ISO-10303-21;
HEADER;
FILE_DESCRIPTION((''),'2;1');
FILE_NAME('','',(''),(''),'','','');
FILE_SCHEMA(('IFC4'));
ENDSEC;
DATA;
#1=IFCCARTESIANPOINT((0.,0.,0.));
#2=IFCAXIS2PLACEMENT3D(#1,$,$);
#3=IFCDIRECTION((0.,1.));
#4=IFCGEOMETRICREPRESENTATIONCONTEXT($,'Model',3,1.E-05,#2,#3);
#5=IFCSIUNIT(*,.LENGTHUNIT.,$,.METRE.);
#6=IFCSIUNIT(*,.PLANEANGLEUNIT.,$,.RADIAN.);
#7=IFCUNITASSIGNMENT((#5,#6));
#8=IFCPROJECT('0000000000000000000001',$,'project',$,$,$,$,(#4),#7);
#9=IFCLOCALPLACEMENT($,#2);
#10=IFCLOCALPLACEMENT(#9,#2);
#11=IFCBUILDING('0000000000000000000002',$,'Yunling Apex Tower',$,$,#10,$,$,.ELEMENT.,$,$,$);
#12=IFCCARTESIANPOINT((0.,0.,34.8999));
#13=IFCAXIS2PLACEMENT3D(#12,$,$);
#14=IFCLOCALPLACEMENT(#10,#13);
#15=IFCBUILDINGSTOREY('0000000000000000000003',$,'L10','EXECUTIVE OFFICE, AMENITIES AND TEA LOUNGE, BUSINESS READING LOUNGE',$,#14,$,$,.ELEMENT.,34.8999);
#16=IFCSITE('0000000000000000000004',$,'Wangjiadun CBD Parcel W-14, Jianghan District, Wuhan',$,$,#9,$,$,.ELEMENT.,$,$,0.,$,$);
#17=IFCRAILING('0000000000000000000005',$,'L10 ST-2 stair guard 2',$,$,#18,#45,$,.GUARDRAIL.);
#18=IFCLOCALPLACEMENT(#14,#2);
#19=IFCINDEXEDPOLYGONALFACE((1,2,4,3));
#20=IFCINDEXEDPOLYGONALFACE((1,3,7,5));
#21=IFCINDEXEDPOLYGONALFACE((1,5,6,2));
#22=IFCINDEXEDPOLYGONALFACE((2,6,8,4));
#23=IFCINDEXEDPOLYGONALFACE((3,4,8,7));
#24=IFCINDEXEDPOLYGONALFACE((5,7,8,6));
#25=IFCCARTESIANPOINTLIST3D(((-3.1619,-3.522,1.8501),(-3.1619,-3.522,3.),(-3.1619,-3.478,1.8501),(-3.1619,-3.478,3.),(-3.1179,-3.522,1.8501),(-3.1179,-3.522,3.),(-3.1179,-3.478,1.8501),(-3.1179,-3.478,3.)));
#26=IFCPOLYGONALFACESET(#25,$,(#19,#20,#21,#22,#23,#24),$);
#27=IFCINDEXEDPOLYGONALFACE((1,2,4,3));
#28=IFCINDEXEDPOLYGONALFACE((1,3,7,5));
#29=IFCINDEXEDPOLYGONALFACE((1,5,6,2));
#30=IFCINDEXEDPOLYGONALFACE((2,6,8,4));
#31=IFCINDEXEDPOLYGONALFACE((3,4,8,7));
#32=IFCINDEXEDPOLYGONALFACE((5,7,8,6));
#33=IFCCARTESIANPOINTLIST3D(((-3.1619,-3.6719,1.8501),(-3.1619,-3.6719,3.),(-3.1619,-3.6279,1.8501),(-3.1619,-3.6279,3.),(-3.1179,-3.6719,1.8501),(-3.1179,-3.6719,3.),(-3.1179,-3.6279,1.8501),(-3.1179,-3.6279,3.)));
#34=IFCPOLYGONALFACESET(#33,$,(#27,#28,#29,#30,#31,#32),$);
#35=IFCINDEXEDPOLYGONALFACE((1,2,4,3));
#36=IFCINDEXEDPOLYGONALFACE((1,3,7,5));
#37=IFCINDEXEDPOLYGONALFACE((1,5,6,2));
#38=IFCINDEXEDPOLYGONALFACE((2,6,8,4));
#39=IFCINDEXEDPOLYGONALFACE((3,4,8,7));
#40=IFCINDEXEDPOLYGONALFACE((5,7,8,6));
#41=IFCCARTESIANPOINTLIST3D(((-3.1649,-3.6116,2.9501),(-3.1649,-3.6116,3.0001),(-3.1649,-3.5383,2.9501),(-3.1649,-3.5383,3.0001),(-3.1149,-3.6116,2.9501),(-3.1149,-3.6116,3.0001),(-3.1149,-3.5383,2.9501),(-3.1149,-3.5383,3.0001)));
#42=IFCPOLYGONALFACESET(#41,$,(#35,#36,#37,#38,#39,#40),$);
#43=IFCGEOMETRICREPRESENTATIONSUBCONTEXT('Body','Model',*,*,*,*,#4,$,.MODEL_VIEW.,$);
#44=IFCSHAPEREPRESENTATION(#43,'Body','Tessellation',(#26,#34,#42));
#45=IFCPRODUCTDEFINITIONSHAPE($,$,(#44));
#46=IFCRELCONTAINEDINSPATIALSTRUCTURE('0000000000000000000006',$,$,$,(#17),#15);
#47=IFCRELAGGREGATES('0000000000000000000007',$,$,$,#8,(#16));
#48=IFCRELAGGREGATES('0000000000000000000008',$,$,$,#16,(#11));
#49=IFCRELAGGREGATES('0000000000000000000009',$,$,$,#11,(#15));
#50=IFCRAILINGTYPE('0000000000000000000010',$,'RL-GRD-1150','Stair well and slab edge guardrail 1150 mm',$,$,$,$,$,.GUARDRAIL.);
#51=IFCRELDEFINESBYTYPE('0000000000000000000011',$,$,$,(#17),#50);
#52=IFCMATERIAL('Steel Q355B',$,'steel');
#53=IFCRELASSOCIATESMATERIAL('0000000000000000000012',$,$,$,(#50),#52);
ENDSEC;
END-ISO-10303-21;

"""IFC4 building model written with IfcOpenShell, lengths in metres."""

from ifc_helpers import new_model, si_unit, direction, frame, origin, origin_2d, place, context, subcontext, project, spatial, rectangle, extrude, material, type_object, element, save


model = new_model("IFC4")

# Units and contexts
model_context = context("Model", 3, precision=1e-05, world=origin(), true_north=direction((0.0, 1.0)))
body_context = subcontext(model_context, "Body", "Model", "MODEL_VIEW")
ifc_project = project(units=[si_unit("LENGTHUNIT", "METRE"), si_unit("PLANEANGLEUNIT", "RADIAN")], contexts=[model_context])

# Site, building, storey
site_placement = place(None, origin())
site = spatial("IfcSite", under=ifc_project, at=site_placement, Name="Wangjiadun CBD Parcel W-14, Jianghan District, Wuhan", CompositionType="ELEMENT", RefElevation=0.0)
building_placement = place(site_placement, origin())
building = spatial("IfcBuilding", under=site, at=building_placement, Name="Yunling Apex Tower", CompositionType="ELEMENT")
storey_placement = place(building_placement, frame((0.0, 0.0, 34.8999)))
storey = spatial("IfcBuildingStorey", under=building, at=storey_placement, Name="L10", Description="EXECUTIVE OFFICE, AMENITIES AND TEA LOUNGE, BUSINESS READING LOUNGE", CompositionType="ELEMENT", Elevation=34.8999)

# Shared definitions
ifc_material_1 = material(Name="Steel Q355B", Category="steel")

# Railing
railing_type = type_object("IfcRailingType", Name="RL-GRD-1150", Description="Stair well and slab edge guardrail 1150 mm", PredefinedType="GUARDRAIL", material=ifc_material_1)
railing_placement = place(storey_placement, frame((-3.1399, -3.5, 1.8501)))
element("IfcRailing", 1, at=railing_placement, inside=storey, type_object=railing_type, Name="L10 ST-2 stair guard 2", PredefinedType="GUARDRAIL", context=body_context, shape_type="SweptSolid", body=[
    extrude(rectangle(XDim=0.0439, YDim=0.0439, at=origin_2d()), origin(), (0.0, 0.0, 1.0), 1.1499),
    extrude(rectangle(XDim=0.0439, YDim=0.0439, at=origin_2d()), frame((0.0, -0.1499, 0.0)), (0.0, 0.0, 1.0), 1.1499),
    extrude(rectangle(XDim=0.05, YDim=0.05, at=origin_2d()), frame((0.0, -0.0383, 1.125), z_axis=(0.0, -1.0, 0.0), x_axis=(1.0, 0.0, 0.0)), (0.0, 0.0, 1.0), 0.0732),
])

save(model, "model.ifc")
